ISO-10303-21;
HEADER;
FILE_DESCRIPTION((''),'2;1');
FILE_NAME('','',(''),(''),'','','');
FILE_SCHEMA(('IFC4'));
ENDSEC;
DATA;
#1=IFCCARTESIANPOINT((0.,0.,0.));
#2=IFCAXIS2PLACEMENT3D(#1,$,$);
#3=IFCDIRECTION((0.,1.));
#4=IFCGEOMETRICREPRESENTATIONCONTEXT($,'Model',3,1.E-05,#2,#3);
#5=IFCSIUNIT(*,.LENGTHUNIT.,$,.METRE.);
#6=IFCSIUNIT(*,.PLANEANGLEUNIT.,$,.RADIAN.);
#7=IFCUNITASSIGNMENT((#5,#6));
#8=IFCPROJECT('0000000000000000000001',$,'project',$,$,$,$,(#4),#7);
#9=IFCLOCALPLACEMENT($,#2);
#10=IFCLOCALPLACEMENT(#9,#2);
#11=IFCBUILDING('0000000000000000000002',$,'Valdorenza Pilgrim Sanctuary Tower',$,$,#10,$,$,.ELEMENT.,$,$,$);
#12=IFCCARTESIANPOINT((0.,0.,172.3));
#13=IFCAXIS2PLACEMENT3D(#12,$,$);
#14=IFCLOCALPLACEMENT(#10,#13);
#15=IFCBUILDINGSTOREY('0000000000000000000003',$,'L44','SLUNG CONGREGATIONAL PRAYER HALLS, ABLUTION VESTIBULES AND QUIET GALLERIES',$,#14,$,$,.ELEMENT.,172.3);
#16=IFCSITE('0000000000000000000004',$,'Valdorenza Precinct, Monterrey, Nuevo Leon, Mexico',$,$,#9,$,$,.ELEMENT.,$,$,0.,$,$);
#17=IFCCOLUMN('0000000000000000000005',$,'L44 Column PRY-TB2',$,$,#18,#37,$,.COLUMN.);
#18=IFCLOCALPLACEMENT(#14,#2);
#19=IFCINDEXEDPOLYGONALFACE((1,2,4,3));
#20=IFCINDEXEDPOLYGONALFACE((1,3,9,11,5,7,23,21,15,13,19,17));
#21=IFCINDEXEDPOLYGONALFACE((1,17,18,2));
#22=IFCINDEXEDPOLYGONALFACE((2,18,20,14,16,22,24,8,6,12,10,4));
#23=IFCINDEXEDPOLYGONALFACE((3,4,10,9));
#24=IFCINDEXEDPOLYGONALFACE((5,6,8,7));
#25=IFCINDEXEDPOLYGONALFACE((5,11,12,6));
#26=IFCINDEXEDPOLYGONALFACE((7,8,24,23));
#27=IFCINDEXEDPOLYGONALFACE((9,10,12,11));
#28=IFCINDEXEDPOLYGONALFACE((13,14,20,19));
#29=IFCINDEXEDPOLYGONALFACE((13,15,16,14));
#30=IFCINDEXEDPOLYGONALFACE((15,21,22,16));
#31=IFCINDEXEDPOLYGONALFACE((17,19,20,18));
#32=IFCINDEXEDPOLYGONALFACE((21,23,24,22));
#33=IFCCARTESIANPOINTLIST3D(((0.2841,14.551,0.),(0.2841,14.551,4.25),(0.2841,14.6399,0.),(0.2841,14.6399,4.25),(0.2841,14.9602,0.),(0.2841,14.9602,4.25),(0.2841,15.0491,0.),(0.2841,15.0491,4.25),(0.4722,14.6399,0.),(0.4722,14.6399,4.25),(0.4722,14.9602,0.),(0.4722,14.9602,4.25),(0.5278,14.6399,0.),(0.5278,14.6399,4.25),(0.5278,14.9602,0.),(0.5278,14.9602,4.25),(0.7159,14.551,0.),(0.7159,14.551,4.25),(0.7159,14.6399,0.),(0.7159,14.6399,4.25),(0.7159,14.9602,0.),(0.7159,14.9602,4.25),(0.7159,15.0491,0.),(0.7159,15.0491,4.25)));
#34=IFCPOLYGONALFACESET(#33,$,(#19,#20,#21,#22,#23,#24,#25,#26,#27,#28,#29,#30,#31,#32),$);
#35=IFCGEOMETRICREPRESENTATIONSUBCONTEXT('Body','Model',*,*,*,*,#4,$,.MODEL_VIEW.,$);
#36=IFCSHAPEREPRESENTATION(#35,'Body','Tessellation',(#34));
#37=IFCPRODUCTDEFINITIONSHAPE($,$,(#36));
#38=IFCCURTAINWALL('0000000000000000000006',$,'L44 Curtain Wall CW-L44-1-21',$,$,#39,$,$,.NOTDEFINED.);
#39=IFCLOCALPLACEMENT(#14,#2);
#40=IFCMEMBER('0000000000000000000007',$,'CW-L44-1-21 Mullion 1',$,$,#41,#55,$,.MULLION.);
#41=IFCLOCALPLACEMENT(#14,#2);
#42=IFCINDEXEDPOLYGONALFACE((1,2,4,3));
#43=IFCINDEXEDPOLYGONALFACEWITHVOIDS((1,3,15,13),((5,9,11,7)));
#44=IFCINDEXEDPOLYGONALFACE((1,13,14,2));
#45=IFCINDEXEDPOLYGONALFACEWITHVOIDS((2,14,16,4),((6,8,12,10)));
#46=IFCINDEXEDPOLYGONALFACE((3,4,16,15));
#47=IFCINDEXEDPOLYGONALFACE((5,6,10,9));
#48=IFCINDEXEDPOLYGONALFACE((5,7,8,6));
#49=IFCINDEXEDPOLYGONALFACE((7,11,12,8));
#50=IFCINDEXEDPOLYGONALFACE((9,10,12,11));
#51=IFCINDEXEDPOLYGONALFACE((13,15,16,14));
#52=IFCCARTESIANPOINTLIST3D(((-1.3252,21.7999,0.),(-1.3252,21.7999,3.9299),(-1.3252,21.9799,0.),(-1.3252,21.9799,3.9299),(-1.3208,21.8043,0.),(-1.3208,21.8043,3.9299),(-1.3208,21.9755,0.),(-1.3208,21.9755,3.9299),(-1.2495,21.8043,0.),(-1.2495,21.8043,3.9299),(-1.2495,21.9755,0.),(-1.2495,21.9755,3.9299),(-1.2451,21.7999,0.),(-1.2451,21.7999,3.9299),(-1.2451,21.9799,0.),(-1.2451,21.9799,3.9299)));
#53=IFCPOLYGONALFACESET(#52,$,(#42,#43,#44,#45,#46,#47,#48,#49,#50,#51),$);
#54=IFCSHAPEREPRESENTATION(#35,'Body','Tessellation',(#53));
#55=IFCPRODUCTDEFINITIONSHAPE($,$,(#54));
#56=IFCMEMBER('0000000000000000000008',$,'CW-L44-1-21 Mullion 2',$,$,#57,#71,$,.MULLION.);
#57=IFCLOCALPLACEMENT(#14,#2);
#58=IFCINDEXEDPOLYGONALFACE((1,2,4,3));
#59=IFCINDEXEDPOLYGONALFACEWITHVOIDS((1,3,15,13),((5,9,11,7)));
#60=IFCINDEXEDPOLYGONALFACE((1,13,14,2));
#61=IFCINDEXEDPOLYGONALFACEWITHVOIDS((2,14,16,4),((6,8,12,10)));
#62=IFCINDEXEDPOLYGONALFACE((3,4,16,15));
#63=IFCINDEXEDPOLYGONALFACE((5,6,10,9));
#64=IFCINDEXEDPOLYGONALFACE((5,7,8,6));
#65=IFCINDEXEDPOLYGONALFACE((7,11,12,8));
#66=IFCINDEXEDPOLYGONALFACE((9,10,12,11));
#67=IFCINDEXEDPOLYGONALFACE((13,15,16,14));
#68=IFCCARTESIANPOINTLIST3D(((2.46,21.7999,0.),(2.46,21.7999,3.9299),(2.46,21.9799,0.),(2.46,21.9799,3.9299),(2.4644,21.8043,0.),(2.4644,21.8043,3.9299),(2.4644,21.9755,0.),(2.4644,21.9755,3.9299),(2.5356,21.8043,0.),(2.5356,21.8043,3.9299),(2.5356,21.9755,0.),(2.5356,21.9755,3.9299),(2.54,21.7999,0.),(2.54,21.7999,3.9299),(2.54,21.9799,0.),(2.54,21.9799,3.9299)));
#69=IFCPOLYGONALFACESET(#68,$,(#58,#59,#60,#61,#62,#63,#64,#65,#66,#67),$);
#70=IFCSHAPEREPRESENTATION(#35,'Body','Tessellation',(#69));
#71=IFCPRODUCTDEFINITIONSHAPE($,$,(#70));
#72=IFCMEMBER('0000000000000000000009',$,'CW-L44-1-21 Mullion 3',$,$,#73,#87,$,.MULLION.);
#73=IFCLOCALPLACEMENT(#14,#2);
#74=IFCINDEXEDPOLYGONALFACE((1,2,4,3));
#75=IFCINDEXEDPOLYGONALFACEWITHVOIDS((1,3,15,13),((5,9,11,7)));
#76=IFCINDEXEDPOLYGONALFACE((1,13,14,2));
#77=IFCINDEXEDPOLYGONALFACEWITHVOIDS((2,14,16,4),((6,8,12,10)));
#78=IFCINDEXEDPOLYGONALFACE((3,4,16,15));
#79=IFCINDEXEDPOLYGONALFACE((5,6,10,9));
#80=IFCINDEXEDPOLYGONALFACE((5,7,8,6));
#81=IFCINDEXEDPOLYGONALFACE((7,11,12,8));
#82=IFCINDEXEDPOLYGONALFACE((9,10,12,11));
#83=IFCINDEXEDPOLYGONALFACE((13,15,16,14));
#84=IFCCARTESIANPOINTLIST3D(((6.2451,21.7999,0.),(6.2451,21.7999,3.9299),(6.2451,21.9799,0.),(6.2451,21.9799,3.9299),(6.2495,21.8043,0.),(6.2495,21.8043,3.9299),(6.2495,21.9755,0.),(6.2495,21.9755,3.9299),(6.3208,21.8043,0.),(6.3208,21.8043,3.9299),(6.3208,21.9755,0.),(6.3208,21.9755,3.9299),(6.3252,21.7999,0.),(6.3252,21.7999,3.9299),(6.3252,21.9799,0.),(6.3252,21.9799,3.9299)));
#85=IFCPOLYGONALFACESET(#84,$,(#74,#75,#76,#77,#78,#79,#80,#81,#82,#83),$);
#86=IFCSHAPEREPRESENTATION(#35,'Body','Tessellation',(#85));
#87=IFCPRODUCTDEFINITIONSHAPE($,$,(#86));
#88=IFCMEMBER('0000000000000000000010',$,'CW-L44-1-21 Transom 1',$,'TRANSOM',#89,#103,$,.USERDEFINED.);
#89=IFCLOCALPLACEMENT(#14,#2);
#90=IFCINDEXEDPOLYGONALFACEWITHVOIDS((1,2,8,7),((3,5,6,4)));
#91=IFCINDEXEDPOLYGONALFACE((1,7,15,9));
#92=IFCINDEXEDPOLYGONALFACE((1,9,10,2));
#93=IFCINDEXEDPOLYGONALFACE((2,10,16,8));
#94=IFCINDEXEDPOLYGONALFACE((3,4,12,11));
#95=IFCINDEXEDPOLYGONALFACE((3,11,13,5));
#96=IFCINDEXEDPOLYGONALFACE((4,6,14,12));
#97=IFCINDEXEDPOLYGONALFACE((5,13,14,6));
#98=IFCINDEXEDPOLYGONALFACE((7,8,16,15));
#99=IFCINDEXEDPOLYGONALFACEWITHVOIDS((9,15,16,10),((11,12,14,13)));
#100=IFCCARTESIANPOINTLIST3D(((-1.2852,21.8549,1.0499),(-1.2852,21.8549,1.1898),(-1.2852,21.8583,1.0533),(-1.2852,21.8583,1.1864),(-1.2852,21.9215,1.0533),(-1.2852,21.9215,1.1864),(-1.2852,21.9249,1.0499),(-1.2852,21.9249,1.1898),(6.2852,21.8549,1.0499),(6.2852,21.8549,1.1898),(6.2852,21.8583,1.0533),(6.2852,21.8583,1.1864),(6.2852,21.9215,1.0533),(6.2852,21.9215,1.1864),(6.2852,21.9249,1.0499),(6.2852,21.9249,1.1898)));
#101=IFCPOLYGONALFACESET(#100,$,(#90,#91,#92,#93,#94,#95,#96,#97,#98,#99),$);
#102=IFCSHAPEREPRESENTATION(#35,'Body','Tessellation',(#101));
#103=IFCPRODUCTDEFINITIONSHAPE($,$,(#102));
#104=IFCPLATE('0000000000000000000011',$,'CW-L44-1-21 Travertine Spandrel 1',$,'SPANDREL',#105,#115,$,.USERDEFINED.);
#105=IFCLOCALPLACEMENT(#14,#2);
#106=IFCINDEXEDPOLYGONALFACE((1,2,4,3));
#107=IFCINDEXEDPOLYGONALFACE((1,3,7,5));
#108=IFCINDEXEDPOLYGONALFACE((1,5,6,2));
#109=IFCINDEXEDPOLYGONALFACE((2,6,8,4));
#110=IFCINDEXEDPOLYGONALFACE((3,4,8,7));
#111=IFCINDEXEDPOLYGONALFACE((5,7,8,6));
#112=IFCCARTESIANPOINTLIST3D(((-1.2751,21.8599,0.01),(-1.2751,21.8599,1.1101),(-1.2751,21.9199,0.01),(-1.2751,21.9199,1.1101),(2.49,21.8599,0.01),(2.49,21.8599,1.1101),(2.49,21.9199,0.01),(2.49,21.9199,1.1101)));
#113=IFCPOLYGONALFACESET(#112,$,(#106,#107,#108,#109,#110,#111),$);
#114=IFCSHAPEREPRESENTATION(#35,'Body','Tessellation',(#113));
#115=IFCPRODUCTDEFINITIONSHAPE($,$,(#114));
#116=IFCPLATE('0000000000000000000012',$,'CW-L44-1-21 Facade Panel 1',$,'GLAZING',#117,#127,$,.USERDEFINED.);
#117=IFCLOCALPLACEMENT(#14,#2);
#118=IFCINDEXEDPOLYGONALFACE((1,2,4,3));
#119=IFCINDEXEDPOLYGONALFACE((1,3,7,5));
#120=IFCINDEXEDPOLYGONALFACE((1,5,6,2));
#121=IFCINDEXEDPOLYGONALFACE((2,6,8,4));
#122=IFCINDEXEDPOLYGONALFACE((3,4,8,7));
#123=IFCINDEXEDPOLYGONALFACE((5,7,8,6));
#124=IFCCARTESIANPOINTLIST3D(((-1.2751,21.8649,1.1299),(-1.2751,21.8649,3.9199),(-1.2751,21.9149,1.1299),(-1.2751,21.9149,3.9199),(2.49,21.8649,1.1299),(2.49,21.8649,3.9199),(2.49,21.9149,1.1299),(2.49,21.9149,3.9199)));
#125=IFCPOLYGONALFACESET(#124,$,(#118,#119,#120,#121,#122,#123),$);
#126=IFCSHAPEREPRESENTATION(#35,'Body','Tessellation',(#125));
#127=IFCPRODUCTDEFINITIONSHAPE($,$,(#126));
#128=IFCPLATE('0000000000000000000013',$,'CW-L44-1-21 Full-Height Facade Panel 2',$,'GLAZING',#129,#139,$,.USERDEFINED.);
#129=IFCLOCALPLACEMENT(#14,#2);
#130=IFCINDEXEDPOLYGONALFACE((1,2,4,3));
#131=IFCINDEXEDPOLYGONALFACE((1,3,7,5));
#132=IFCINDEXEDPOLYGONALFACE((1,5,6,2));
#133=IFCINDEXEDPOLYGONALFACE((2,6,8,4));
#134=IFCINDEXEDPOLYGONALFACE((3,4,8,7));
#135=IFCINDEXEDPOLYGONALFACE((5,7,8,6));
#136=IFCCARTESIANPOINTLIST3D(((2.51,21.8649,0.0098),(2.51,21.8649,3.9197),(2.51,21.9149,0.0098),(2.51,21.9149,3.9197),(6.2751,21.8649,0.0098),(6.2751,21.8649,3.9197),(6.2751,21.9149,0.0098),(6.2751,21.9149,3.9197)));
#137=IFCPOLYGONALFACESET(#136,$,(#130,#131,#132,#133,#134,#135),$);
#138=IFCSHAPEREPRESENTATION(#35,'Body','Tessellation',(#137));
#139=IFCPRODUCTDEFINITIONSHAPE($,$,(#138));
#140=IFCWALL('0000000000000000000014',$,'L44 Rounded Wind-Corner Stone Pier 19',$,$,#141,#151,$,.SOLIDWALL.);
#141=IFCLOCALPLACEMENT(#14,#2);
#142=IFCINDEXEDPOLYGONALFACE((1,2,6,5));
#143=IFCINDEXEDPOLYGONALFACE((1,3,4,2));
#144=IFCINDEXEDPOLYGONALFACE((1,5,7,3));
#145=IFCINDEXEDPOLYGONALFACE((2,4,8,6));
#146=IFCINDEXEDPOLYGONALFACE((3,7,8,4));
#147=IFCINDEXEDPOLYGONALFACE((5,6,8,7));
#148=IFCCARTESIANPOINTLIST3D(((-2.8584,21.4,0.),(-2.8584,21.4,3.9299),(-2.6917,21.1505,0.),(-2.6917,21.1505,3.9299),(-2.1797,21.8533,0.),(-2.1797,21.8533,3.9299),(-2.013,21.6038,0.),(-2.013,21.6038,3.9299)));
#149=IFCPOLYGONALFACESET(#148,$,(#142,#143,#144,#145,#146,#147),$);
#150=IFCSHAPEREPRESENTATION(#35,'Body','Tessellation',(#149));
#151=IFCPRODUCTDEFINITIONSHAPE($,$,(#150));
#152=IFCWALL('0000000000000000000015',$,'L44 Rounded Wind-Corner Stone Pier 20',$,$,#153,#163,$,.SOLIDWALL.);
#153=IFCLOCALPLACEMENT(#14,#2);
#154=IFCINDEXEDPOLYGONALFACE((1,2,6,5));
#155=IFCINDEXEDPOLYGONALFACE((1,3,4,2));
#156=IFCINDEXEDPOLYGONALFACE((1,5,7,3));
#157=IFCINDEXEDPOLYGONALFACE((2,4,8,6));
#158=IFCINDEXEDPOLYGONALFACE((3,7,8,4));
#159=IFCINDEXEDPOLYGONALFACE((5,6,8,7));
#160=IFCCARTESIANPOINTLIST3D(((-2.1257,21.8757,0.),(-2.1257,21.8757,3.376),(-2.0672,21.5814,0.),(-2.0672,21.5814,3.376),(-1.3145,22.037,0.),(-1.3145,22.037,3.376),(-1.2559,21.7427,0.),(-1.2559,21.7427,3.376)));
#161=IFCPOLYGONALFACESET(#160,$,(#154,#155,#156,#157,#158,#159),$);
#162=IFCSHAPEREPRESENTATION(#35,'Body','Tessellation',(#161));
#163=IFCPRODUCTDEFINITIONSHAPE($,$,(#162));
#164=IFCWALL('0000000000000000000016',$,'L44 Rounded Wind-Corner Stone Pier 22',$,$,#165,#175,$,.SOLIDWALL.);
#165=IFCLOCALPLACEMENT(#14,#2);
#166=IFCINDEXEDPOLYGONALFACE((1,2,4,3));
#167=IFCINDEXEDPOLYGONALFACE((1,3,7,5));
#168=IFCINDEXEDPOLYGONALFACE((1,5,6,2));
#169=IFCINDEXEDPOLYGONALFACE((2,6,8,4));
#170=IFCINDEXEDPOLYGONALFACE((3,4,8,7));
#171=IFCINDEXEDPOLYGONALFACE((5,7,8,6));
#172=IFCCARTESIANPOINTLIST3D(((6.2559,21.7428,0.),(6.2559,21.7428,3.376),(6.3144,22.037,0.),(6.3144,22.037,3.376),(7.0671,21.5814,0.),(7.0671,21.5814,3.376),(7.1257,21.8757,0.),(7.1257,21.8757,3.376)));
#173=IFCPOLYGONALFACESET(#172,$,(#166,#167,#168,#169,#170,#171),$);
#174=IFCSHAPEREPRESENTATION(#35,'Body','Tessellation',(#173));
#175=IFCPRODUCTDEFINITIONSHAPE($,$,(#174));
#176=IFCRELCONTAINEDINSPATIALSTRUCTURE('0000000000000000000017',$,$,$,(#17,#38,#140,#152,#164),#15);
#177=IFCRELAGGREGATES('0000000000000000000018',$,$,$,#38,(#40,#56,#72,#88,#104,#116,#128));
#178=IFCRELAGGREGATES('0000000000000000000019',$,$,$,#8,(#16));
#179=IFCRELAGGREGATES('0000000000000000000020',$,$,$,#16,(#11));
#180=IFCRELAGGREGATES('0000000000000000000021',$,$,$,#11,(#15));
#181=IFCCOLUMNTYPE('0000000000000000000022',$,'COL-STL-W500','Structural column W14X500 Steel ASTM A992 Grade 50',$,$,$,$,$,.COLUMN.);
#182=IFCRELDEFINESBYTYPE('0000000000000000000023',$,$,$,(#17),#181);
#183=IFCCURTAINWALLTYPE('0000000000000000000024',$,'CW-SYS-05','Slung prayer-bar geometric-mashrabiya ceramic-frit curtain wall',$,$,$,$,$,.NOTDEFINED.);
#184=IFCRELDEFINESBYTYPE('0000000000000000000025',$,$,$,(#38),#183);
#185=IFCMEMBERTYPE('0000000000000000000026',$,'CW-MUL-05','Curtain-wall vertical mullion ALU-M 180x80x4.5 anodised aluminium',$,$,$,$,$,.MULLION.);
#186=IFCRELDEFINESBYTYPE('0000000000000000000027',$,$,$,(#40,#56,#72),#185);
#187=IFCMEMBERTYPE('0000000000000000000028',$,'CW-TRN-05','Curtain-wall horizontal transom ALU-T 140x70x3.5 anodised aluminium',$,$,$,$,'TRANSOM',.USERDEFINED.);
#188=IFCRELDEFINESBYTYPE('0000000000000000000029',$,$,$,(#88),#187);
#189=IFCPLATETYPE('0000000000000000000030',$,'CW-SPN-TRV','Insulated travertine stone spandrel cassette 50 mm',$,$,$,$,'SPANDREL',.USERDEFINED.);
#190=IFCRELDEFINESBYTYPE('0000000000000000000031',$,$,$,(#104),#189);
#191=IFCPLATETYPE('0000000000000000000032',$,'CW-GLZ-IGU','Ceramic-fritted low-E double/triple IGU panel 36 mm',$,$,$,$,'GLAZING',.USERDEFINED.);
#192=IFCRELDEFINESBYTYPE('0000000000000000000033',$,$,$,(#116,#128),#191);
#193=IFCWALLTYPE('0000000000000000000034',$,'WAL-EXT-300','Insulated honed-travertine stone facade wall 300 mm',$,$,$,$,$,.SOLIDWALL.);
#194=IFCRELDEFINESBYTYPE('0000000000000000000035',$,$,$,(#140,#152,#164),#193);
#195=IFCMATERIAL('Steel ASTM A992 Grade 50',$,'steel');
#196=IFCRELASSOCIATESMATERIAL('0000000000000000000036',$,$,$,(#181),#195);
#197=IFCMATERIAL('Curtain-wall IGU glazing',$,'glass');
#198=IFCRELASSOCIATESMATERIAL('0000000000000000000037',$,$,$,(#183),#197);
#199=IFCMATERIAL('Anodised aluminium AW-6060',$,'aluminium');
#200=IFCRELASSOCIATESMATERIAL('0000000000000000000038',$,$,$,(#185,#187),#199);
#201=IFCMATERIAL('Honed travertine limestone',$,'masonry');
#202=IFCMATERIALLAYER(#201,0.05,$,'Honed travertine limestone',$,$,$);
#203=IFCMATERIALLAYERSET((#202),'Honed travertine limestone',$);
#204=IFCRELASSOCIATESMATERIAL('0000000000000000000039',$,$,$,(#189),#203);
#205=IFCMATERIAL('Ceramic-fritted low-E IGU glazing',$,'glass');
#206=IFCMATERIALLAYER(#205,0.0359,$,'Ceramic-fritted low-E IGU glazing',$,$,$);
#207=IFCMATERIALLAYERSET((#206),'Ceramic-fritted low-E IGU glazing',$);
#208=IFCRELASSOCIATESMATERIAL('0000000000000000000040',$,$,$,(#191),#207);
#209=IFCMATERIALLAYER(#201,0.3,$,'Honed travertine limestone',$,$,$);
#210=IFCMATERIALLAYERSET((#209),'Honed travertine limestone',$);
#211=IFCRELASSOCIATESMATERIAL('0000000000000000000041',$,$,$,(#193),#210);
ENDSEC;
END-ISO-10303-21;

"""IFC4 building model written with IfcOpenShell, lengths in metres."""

from ifc_helpers import new_model, si_unit, direction, frame, frame_2d, origin, origin_2d, place, context, subcontext, project, spatial, rectangle, hollow_rectangle, i_section, extrude, source, transform, mapped, material, layer, layer_set, material_profile, profile_set, type_object, element, aggregate, save


model = new_model("IFC4")

# Units and contexts
model_context = context("Model", 3, precision=1e-05, world=origin(), true_north=direction((0.0, 1.0)))
body_context = subcontext(model_context, "Body", "Model", "MODEL_VIEW")
ifc_project = project(units=[si_unit("LENGTHUNIT", "METRE"), si_unit("PLANEANGLEUNIT", "RADIAN")], contexts=[model_context])

# Site, building, storey
site_placement = place(None, origin())
site = spatial("IfcSite", under=ifc_project, at=site_placement, Name="Valdorenza Precinct, Monterrey, Nuevo Leon, Mexico", CompositionType="ELEMENT", RefElevation=0.0)
building_placement = place(site_placement, origin())
building = spatial("IfcBuilding", under=site, at=building_placement, Name="Valdorenza Pilgrim Sanctuary Tower", CompositionType="ELEMENT")
storey_placement = place(building_placement, frame((0.0, 0.0, 172.3)))
storey = spatial("IfcBuildingStorey", under=building, at=storey_placement, Name="L44", Description="SLUNG CONGREGATIONAL PRAYER HALLS, ABLUTION VESTIBULES AND QUIET GALLERIES", CompositionType="ELEMENT", Elevation=172.3)

# Column
ifc_material_1 = material(Name="Steel ASTM A992 Grade 50", Category="steel")
ifc_material_profile_1 = material_profile(ifc_material_1, i_section(OverallWidth=0.4319, OverallDepth=0.498, WebThickness=0.0557, FlangeThickness=0.0889, at=origin_2d()), Name="W14X500")
ifc_profile_set_1 = profile_set([ifc_material_profile_1], Name="Steel ASTM A992 Grade 50")
column_type = type_object("IfcColumnType", Name="COL-STL-W500", Description="Structural column W14X500 Steel ASTM A992 Grade 50", PredefinedType="COLUMN", material=ifc_profile_set_1)
shared_shape_1 = source(origin(), body_context, "Body", "SweptSolid", [
    extrude(i_section(OverallWidth=0.4319, OverallDepth=0.498, WebThickness=0.0557, FlangeThickness=0.0889, at=origin_2d()), origin(), (0.0, 0.0, 1.0), 4.25),
])
column_placement = place(storey_placement, frame((0.5, 14.8, 0.0), z_axis=(0.0, 0.0, 1.0), x_axis=(1.0, 0.0, 0.0)))
element("IfcColumn", 1, at=column_placement, inside=storey, type_object=column_type, Name="L44 Column PRY-TB2", PredefinedType="COLUMN", context=body_context, shape_type="MappedRepresentation", body=[
    mapped(shared_shape_1, transform((0.0, 0.0, 0.0), x_axis=(1.0, 0.0, 0.0), y_axis=(0.0, 1.0, 0.0), z_axis=(0.0, 0.0, 1.0), scale=1.0)),
])

# Curtain wall, members, plates
ifc_material_2 = material(Name="Curtain-wall IGU glazing", Category="glass")
curtain_wall_type = type_object("IfcCurtainWallType", Name="CW-SYS-05", Description="Slung prayer-bar geometric-mashrabiya ceramic-frit curtain wall", PredefinedType="NOTDEFINED", material=ifc_material_2)
curtain_wall_placement = place(storey_placement, origin())
curtain_wall = element("IfcCurtainWall", 2, at=curtain_wall_placement, inside=storey, type_object=curtain_wall_type, Name="L44 Curtain Wall CW-L44-1-21", PredefinedType="NOTDEFINED")
ifc_material_3 = material(Name="Anodised aluminium AW-6060", Category="aluminium")
ifc_material_profile_2 = material_profile(ifc_material_3, hollow_rectangle(XDim=0.0801, YDim=0.1799, WallThickness=0.0044, at=origin_2d()), Name="ALU-M 180x80x4.5")
ifc_profile_set_2 = profile_set([ifc_material_profile_2], Name="Anodised aluminium AW-6060")
member_type_1 = type_object("IfcMemberType", Name="CW-MUL-05", Description="Curtain-wall vertical mullion ALU-M 180x80x4.5 anodised aluminium", PredefinedType="MULLION", material=ifc_profile_set_2)
shared_shape_2 = source(origin(), body_context, "Body", "SweptSolid", [
    extrude(hollow_rectangle(XDim=0.0801, YDim=0.1799, WallThickness=0.0044, at=origin_2d()), origin(), (0.0, 0.0, 1.0), 3.9299),
])
member_1_placement = place(storey_placement, frame((-1.2852, 21.8899, 0.0), z_axis=(0.0, 0.0, 1.0), x_axis=(1.0, 0.0, 0.0)))
member_1 = element("IfcMember", 3, at=member_1_placement, type_object=member_type_1, Name="CW-L44-1-21 Mullion 1", PredefinedType="MULLION", context=body_context, shape_type="MappedRepresentation", body=[
    mapped(shared_shape_2, transform((0.0, 0.0, 0.0), x_axis=(1.0, 0.0, 0.0), y_axis=(0.0, 1.0, 0.0), z_axis=(0.0, 0.0, 1.0), scale=1.0)),
])
member_2_placement = place(storey_placement, frame((2.5, 21.8899, 0.0), z_axis=(0.0, 0.0, 1.0), x_axis=(1.0, 0.0, 0.0)))
member_2 = element("IfcMember", 4, at=member_2_placement, type_object=member_type_1, Name="CW-L44-1-21 Mullion 2", PredefinedType="MULLION", context=body_context, shape_type="MappedRepresentation", body=[
    mapped(shared_shape_2, transform((0.0, 0.0, 0.0), x_axis=(1.0, 0.0, 0.0), y_axis=(0.0, 1.0, 0.0), z_axis=(0.0, 0.0, 1.0), scale=1.0)),
])
member_3_placement = place(storey_placement, frame((6.2852, 21.8899, 0.0), z_axis=(0.0, 0.0, 1.0), x_axis=(1.0, 0.0, 0.0)))
member_3 = element("IfcMember", 5, at=member_3_placement, type_object=member_type_1, Name="CW-L44-1-21 Mullion 3", PredefinedType="MULLION", context=body_context, shape_type="MappedRepresentation", body=[
    mapped(shared_shape_2, transform((0.0, 0.0, 0.0), x_axis=(1.0, 0.0, 0.0), y_axis=(0.0, 1.0, 0.0), z_axis=(0.0, 0.0, 1.0), scale=1.0)),
])
ifc_material_profile_3 = material_profile(ifc_material_3, hollow_rectangle(XDim=0.0701, YDim=0.1399, WallThickness=0.0034, at=origin_2d()), Name="ALU-T 140x70x3.5")
ifc_profile_set_3 = profile_set([ifc_material_profile_3], Name="Anodised aluminium AW-6060")
member_type_2 = type_object("IfcMemberType", Name="CW-TRN-05", Description="Curtain-wall horizontal transom ALU-T 140x70x3.5 anodised aluminium", ElementType="TRANSOM", PredefinedType="USERDEFINED", material=ifc_profile_set_3)
shared_shape_3 = source(origin(), body_context, "Body", "SweptSolid", [
    extrude(hollow_rectangle(XDim=0.0701, YDim=0.1399, WallThickness=0.0034, at=origin_2d()), origin(), (0.0, 0.0, 1.0), 7.5703),
])
member_4_placement = place(storey_placement, frame((-1.2852, 21.8899, 1.1199), z_axis=(1.0, 0.0, 0.0), x_axis=(0.0, 1.0, 0.0)))
member_4 = element("IfcMember", 6, at=member_4_placement, type_object=member_type_2, Name="CW-L44-1-21 Transom 1", ObjectType="TRANSOM", PredefinedType="USERDEFINED", context=body_context, shape_type="MappedRepresentation", body=[
    mapped(shared_shape_3, transform((0.0, 0.0, 0.0), x_axis=(1.0, 0.0, 0.0), y_axis=(0.0, 1.0, 0.0), z_axis=(0.0, 0.0, 1.0), scale=1.0)),
])
ifc_material_4 = material(Name="Honed travertine limestone", Category="masonry")
ifc_layer_1 = layer(ifc_material_4, 0.05, Name="Honed travertine limestone")
ifc_layer_set_1 = layer_set([ifc_layer_1], Name="Honed travertine limestone")
plate_type_1 = type_object("IfcPlateType", Name="CW-SPN-TRV", Description="Insulated travertine stone spandrel cassette 50 mm", ElementType="SPANDREL", PredefinedType="USERDEFINED", material=ifc_layer_set_1)
shared_shape_4 = source(origin(), body_context, "Body", "SweptSolid", [
    extrude(rectangle(XDim=3.7651, YDim=0.0601, at=origin_2d()), origin(), (0.0, 0.0, 1.0), 1.1001),
])
plate_1_placement = place(storey_placement, frame((0.6074, 21.8899, 0.01), z_axis=(0.0, 0.0, 1.0), x_axis=(1.0, 0.0, 0.0)))
plate_1 = element("IfcPlate", 7, at=plate_1_placement, type_object=plate_type_1, Name="CW-L44-1-21 Travertine Spandrel 1", ObjectType="SPANDREL", PredefinedType="USERDEFINED", context=body_context, shape_type="MappedRepresentation", body=[
    mapped(shared_shape_4, transform((0.0, 0.0, 0.0), x_axis=(1.0, 0.0, 0.0), y_axis=(0.0, 1.0, 0.0), z_axis=(0.0, 0.0, 1.0), scale=1.0)),
])
ifc_material_5 = material(Name="Ceramic-fritted low-E IGU glazing", Category="glass")
ifc_layer_2 = layer(ifc_material_5, 0.0359, Name="Ceramic-fritted low-E IGU glazing")
ifc_layer_set_2 = layer_set([ifc_layer_2], Name="Ceramic-fritted low-E IGU glazing")
plate_type_2 = type_object("IfcPlateType", Name="CW-GLZ-IGU", Description="Ceramic-fritted low-E double/triple IGU panel 36 mm", ElementType="GLAZING", PredefinedType="USERDEFINED", material=ifc_layer_set_2)
shared_shape_5 = source(origin(), body_context, "Body", "SweptSolid", [
    extrude(rectangle(XDim=3.7651, YDim=0.05, at=origin_2d()), origin(), (0.0, 0.0, 1.0), 2.79),
])
plate_2_placement = place(storey_placement, frame((0.6074, 21.8899, 1.1299), z_axis=(0.0, 0.0, 1.0), x_axis=(1.0, 0.0, 0.0)))
plate_2 = element("IfcPlate", 8, at=plate_2_placement, type_object=plate_type_2, Name="CW-L44-1-21 Facade Panel 1", ObjectType="GLAZING", PredefinedType="USERDEFINED", context=body_context, shape_type="MappedRepresentation", body=[
    mapped(shared_shape_5, transform((0.0, 0.0, 0.0), x_axis=(1.0, 0.0, 0.0), y_axis=(0.0, 1.0, 0.0), z_axis=(0.0, 0.0, 1.0), scale=1.0)),
])
shared_shape_6 = source(origin(), body_context, "Body", "SweptSolid", [
    extrude(rectangle(XDim=3.7651, YDim=0.05, at=origin_2d()), origin(), (0.0, 0.0, 1.0), 3.9099),
])
plate_3_placement = place(storey_placement, frame((4.3926, 21.8899, 0.0098), z_axis=(0.0, 0.0, 1.0), x_axis=(1.0, 0.0, 0.0)))
plate_3 = element("IfcPlate", 9, at=plate_3_placement, type_object=plate_type_2, Name="CW-L44-1-21 Full-Height Facade Panel 2", ObjectType="GLAZING", PredefinedType="USERDEFINED", context=body_context, shape_type="MappedRepresentation", body=[
    mapped(shared_shape_6, transform((0.0, 0.0, 0.0), x_axis=(1.0, 0.0, 0.0), y_axis=(0.0, 1.0, 0.0), z_axis=(0.0, 0.0, 1.0), scale=1.0)),
])
aggregate(curtain_wall, [member_1, member_2, member_3, member_4, plate_1, plate_2, plate_3])

# Walls
ifc_layer_3 = layer(ifc_material_4, 0.3, Name="Honed travertine limestone")
ifc_layer_set_3 = layer_set([ifc_layer_3], Name="Honed travertine limestone")
wall_type_1 = type_object("IfcWallType", Name="WAL-EXT-300", Description="Insulated honed-travertine stone facade wall 300 mm", PredefinedType="SOLIDWALL", material=ifc_layer_set_3)
wall_1_placement = place(storey_placement, frame((-2.7751, 21.2751, 0.0), z_axis=(0.0, 0.0, 1.0), x_axis=(0.831544, 0.555459, 0.0)))
element("IfcWall", 10, at=wall_1_placement, inside=storey, type_object=wall_type_1, Name="L44 Rounded Wind-Corner Stone Pier 19", PredefinedType="SOLIDWALL", context=body_context, shape_type="SweptSolid", body=[
    extrude(rectangle(XDim=0.8162, YDim=0.3, at=frame_2d((0.4082, 0.0))), origin(), (0.0, 0.0, 1.0), 3.9299),
])
for number, where, z_axis, x_axis, name in (
    (11, (-2.0964, 21.7285, 0.0), (0.0, 0.0, 1.0), (0.980784, 0.195094, 0.0), "L44 Rounded Wind-Corner Stone Pier 20"),
    (12, (6.2852, 21.8899, 0.0), (0.0, 0.0, 1.0), (0.980784, -0.195094, 0.0), "L44 Rounded Wind-Corner Stone Pier 22"),
):
    element("IfcWall", number, at=place(storey_placement, frame(where, z_axis=z_axis, x_axis=x_axis)), inside=storey, type_object=wall_type_1, Name=name, PredefinedType="SOLIDWALL", context=body_context, shape_type="SweptSolid", body=[
        extrude(rectangle(XDim=0.8271, YDim=0.3, at=frame_2d((0.4136, 0.0))), origin(), (0.0, 0.0, 1.0), 3.376),
    ])

save(model, "model.ifc")
